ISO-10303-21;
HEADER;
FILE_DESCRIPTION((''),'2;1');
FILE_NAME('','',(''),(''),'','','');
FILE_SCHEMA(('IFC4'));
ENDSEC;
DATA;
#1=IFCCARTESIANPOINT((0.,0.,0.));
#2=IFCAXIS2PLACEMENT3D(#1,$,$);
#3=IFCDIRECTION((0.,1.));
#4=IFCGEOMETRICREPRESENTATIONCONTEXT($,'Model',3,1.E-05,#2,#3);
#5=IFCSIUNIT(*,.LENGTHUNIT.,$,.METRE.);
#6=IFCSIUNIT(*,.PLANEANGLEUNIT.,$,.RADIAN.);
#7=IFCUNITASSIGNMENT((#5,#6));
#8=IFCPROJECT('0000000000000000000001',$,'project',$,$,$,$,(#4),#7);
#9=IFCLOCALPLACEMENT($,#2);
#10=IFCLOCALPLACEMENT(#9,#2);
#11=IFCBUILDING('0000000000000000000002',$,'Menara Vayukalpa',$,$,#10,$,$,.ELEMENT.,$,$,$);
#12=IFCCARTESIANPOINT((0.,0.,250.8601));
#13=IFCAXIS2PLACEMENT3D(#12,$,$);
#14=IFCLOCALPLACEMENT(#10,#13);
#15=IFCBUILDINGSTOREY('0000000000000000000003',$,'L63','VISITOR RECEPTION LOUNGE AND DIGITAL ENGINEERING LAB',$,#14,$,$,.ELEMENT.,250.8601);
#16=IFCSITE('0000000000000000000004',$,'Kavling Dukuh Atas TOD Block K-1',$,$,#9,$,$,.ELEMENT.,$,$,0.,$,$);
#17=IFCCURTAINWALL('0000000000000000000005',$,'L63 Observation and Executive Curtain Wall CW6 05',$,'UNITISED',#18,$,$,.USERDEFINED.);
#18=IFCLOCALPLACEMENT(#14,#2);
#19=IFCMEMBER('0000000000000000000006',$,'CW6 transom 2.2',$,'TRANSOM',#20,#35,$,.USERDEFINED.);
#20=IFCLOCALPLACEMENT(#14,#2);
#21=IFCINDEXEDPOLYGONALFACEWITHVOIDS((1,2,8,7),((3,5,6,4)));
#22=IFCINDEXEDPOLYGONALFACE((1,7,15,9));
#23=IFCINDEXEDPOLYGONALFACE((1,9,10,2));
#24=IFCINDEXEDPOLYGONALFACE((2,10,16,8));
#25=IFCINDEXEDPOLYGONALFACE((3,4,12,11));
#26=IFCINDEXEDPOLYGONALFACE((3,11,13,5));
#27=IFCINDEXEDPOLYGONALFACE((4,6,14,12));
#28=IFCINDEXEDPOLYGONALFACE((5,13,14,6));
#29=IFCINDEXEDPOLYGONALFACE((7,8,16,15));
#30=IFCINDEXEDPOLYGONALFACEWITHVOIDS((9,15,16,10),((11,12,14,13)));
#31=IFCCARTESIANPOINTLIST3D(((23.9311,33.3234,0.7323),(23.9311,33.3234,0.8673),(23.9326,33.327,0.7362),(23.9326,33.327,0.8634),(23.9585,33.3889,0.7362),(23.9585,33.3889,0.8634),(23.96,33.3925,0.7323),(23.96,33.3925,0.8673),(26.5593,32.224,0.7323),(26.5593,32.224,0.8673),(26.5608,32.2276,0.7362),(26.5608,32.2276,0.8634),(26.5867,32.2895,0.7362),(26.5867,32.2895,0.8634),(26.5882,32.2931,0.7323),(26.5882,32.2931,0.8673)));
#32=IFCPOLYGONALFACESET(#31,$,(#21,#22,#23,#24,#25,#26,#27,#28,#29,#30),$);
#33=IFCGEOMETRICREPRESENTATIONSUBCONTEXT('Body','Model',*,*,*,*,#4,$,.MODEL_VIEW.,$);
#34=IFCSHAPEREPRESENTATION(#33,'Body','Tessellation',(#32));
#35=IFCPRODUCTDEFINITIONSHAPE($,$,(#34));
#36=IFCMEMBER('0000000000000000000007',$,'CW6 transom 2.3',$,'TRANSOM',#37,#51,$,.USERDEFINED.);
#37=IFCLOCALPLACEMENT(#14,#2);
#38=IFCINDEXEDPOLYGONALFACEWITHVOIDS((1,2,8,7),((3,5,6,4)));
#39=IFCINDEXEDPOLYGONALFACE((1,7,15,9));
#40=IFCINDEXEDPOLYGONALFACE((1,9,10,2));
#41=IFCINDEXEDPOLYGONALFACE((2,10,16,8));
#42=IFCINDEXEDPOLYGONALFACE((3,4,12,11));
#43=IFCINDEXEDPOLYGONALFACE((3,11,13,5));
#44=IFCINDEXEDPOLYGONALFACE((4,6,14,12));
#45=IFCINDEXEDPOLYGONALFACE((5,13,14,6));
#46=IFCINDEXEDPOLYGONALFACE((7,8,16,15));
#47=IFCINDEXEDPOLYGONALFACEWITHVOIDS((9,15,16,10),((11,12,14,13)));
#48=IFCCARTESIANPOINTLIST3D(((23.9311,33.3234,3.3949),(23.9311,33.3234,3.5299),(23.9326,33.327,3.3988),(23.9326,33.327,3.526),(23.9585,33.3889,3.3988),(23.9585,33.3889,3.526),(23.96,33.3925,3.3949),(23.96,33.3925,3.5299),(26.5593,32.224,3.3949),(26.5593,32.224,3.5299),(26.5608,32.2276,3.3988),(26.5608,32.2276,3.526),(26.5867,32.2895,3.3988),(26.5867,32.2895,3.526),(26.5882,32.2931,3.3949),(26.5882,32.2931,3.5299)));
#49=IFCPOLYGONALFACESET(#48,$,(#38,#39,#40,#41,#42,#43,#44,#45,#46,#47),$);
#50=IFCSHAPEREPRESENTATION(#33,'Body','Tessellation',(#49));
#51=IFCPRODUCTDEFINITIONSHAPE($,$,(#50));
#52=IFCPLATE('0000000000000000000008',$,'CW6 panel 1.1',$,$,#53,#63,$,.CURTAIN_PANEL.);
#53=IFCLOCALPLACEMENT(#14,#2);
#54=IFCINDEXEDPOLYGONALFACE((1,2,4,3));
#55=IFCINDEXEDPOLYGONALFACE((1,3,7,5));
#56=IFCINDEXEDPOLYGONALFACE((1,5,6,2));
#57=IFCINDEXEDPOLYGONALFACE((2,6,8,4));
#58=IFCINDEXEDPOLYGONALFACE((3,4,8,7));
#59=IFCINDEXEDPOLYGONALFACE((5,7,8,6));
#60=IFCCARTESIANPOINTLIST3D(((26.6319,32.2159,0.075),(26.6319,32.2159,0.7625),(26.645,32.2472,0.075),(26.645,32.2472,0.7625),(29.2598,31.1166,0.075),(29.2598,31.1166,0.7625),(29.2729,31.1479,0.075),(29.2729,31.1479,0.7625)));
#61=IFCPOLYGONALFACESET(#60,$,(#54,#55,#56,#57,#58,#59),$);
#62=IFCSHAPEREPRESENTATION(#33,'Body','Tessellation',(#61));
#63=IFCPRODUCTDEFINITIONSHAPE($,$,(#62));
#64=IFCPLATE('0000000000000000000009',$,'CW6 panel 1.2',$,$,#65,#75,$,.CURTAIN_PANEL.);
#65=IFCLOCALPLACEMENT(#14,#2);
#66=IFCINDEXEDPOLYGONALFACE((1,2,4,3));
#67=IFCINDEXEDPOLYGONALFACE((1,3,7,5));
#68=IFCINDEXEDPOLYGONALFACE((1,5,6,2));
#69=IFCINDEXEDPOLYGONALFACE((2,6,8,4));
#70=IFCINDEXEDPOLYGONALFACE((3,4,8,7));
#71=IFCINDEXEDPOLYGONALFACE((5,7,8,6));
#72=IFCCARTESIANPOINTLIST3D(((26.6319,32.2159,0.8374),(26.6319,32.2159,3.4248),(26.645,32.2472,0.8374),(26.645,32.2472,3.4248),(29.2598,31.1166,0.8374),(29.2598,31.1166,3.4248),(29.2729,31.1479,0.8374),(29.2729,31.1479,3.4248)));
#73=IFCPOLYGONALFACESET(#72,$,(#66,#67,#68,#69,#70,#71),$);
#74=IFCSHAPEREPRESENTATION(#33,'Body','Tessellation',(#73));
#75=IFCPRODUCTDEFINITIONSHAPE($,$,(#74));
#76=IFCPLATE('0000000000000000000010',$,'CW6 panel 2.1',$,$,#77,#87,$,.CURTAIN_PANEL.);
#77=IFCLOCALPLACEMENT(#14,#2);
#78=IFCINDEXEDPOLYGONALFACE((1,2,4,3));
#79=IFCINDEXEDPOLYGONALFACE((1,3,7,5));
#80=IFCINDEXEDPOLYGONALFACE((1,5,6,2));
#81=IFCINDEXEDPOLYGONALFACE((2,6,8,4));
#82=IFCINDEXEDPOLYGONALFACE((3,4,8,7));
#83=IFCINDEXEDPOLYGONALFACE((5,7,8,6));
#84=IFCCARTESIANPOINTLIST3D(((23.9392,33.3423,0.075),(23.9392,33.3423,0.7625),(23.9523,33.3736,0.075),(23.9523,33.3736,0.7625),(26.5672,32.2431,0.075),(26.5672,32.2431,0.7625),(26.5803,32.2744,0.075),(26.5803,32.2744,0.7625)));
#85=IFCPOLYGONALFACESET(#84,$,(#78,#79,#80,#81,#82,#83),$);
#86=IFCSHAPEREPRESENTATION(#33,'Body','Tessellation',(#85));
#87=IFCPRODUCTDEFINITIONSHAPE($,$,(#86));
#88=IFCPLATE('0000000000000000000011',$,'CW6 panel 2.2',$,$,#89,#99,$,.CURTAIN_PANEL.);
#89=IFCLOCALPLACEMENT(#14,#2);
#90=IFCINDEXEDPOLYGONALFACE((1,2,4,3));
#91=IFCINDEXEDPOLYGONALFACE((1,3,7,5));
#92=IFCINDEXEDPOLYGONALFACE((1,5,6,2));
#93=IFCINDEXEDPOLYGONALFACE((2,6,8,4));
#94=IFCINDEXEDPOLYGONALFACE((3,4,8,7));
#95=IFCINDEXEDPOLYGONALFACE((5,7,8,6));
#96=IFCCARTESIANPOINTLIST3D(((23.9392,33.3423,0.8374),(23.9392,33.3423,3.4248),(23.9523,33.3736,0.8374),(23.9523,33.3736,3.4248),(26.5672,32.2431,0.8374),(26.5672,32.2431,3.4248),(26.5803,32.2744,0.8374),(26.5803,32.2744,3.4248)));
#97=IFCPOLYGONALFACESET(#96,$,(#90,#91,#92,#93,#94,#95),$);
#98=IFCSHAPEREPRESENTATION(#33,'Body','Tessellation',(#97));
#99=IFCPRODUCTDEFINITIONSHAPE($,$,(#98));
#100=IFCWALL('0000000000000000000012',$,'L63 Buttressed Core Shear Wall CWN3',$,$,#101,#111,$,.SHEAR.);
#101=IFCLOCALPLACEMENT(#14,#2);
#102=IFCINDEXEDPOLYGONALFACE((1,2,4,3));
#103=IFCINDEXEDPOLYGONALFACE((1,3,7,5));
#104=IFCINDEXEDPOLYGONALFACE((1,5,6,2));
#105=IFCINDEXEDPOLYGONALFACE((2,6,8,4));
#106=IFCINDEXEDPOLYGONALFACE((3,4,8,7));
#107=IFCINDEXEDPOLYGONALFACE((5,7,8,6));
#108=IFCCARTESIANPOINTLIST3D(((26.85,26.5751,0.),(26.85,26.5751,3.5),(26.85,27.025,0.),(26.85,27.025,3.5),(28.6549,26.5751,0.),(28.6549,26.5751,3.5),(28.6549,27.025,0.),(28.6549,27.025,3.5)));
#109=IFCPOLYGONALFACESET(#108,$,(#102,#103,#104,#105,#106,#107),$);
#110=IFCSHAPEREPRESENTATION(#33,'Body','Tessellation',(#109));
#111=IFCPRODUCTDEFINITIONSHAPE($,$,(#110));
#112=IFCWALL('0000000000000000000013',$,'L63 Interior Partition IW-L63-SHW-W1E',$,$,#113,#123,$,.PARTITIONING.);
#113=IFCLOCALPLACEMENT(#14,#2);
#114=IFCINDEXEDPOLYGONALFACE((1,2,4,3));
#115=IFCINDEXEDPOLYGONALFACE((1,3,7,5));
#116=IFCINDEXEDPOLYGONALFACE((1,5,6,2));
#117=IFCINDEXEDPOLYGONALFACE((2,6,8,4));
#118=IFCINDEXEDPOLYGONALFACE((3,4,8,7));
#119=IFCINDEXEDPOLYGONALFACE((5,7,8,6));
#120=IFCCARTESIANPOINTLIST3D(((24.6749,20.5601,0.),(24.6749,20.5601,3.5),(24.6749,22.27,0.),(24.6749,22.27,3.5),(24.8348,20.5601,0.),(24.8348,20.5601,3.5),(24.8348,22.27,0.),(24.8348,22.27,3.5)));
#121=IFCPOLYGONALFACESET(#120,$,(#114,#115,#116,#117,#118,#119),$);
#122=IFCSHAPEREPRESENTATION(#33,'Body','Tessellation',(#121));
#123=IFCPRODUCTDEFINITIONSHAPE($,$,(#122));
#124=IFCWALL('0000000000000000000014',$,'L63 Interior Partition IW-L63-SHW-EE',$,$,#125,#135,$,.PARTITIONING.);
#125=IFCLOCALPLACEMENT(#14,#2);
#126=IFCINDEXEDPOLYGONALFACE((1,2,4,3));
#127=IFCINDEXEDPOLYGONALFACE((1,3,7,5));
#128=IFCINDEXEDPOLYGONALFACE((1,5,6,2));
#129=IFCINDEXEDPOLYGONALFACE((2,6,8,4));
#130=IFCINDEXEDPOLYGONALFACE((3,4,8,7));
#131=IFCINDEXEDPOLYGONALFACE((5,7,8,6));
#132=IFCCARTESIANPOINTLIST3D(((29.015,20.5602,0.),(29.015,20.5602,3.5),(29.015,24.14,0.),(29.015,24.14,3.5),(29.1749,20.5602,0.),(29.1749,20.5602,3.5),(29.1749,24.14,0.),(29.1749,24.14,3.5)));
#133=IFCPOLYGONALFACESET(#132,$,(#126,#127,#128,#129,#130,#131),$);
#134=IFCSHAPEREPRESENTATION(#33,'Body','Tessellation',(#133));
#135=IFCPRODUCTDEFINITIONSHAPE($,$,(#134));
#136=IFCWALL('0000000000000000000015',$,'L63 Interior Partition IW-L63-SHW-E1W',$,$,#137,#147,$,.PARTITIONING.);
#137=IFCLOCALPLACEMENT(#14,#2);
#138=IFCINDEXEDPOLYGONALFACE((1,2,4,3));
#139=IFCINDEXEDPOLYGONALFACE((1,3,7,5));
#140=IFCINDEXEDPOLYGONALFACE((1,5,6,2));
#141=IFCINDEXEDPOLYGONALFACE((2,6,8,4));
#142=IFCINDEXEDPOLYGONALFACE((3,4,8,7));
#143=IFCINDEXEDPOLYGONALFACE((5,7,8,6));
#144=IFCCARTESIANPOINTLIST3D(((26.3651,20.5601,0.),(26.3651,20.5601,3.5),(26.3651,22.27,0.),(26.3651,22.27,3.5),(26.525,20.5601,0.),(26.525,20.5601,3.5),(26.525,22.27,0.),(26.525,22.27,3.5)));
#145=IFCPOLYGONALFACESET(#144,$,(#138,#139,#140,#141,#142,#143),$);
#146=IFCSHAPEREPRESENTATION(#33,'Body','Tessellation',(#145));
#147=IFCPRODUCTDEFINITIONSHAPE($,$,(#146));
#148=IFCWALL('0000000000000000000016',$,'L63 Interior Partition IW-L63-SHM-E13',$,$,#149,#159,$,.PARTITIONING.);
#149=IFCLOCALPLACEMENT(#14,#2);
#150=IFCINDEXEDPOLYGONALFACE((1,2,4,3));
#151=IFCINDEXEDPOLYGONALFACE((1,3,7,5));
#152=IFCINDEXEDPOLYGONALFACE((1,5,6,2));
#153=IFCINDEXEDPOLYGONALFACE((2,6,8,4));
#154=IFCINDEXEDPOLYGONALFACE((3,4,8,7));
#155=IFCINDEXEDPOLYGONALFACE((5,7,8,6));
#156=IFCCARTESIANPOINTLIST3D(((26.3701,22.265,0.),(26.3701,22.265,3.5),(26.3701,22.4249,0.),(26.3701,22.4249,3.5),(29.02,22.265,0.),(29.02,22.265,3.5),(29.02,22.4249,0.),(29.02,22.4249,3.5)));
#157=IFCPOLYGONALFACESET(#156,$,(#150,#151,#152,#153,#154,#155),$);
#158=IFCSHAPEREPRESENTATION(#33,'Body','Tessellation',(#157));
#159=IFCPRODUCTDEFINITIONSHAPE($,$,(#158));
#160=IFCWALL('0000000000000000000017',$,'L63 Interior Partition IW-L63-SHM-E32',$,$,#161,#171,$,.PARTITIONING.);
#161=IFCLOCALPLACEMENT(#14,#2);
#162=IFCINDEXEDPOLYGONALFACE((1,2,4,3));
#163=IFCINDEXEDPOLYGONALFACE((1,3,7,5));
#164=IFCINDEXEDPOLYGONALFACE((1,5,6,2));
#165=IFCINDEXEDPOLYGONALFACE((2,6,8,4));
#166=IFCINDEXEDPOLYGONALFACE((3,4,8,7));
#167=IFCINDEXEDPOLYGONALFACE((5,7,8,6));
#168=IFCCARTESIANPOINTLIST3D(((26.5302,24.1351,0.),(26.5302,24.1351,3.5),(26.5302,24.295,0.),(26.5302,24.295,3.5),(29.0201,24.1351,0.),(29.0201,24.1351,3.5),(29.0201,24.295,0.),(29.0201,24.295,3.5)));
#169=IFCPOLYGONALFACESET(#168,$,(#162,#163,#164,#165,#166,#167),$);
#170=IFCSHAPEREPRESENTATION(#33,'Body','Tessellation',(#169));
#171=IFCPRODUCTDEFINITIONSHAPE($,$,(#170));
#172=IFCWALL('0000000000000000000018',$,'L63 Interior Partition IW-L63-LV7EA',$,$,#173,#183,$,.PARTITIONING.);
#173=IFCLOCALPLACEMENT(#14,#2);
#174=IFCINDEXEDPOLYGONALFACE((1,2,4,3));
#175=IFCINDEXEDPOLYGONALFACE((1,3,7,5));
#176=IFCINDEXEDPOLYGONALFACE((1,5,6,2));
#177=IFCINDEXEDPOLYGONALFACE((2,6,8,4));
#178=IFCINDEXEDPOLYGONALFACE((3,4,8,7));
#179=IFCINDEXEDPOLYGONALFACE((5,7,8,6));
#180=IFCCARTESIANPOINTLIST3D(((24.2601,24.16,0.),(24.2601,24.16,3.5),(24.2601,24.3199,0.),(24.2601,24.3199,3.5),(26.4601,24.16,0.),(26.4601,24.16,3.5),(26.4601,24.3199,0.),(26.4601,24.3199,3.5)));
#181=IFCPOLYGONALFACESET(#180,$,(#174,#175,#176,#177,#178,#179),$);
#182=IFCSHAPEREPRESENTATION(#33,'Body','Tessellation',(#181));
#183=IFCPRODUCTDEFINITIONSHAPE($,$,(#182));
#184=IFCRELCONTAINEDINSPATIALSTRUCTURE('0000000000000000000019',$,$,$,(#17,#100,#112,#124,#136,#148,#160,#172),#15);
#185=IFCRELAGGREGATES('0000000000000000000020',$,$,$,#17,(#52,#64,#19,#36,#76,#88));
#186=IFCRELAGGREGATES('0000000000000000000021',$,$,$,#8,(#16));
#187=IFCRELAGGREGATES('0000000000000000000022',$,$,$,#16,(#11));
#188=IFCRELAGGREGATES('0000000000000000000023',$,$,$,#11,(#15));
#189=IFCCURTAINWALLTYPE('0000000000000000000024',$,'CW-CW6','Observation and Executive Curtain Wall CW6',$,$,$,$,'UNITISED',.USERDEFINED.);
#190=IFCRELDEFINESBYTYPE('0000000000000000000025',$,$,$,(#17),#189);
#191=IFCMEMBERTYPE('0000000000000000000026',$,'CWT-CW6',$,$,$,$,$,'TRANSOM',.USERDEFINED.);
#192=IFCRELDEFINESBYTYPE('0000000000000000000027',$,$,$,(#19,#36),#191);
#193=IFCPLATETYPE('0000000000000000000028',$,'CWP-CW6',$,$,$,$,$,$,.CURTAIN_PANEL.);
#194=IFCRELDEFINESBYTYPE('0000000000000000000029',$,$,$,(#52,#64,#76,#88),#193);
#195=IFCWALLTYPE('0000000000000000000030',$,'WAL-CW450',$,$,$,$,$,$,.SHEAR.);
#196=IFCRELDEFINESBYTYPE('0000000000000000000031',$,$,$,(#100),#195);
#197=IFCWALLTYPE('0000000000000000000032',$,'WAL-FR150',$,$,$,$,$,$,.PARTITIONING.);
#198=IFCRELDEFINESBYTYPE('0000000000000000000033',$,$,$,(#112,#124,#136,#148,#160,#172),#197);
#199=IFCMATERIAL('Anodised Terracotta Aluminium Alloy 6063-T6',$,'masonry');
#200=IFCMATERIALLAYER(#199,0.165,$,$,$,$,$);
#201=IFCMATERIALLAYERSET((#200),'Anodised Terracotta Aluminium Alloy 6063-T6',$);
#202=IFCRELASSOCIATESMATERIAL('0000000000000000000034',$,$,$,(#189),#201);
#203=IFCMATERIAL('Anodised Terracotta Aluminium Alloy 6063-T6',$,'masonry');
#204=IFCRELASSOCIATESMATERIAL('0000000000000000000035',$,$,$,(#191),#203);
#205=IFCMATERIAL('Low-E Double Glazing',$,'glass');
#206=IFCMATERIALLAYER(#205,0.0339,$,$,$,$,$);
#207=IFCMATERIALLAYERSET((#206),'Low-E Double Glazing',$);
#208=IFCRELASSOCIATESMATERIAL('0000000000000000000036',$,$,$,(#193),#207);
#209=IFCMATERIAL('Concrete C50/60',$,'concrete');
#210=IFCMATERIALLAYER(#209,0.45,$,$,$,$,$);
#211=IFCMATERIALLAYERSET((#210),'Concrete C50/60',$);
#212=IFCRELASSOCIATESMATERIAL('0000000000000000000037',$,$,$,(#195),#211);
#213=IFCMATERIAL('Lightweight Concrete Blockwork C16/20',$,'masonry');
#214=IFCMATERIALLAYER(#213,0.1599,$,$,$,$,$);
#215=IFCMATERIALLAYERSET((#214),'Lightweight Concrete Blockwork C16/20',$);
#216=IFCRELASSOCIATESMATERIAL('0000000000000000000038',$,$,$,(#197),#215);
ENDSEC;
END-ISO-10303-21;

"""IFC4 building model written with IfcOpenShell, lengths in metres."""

from ifc_helpers import new_model, si_unit, direction, frame, frame_2d, origin, origin_2d, place, context, subcontext, project, spatial, rectangle, hollow_rectangle, extrude, material, layer, layer_set, material_profile, profile_set, type_object, element, aggregate, save


model = new_model("IFC4")

# Units and contexts
model_context = context("Model", 3, precision=1e-05, world=origin(), true_north=direction((0.0, 1.0)))
body_context = subcontext(model_context, "Body", "Model", "MODEL_VIEW")
ifc_project = project(units=[si_unit("LENGTHUNIT", "METRE"), si_unit("PLANEANGLEUNIT", "RADIAN")], contexts=[model_context])

# Site, building, storey
site_placement = place(None, origin())
site = spatial("IfcSite", under=ifc_project, at=site_placement, Name="Kavling Dukuh Atas TOD Block K-1", CompositionType="ELEMENT", RefElevation=0.0)
building_placement = place(site_placement, origin())
building = spatial("IfcBuilding", under=site, at=building_placement, Name="Menara Vayukalpa", CompositionType="ELEMENT")
storey_placement = place(building_placement, frame((0.0, 0.0, 250.8601)))
storey = spatial("IfcBuildingStorey", under=building, at=storey_placement, Name="L63", Description="VISITOR RECEPTION LOUNGE AND DIGITAL ENGINEERING LAB", CompositionType="ELEMENT", Elevation=250.8601)

# Curtain wall, members, plates
ifc_material_1 = material(Name="Anodised Terracotta Aluminium Alloy 6063-T6", Category="masonry")
ifc_layer_1 = layer(ifc_material_1, 0.165)
ifc_layer_set_1 = layer_set([ifc_layer_1], Name="Anodised Terracotta Aluminium Alloy 6063-T6")
curtain_wall_type = type_object("IfcCurtainWallType", Name="CW-CW6", Description="Observation and Executive Curtain Wall CW6", ElementType="UNITISED", PredefinedType="USERDEFINED", material=ifc_layer_set_1)
curtain_wall_placement = place(storey_placement, origin())
curtain_wall = element("IfcCurtainWall", 1, at=curtain_wall_placement, inside=storey, type_object=curtain_wall_type, Name="L63 Observation and Executive Curtain Wall CW6 05", ObjectType="UNITISED", PredefinedType="USERDEFINED")
ifc_material_2 = material(Name="Anodised Terracotta Aluminium Alloy 6063-T6", Category="masonry")
ifc_material_profile_1 = material_profile(ifc_material_2, hollow_rectangle(XDim=0.075, YDim=0.135, WallThickness=0.0039, at=origin_2d()), Name="ALU 75x135x4")
ifc_profile_set_1 = profile_set([ifc_material_profile_1], Name="Anodised Terracotta Aluminium Alloy 6063-T6")
member_type_1 = type_object("IfcMemberType", Name="CWT-CW6", ElementType="TRANSOM", PredefinedType="USERDEFINED", material=ifc_profile_set_1)
member_1_placement = place(storey_placement, frame((26.5737, 32.2585, 0.7998), z_axis=(-0.922541, 0.385899, 0.0), x_axis=(-0.385899, -0.922541, 0.0)))
member_1 = element("IfcMember", 2, at=member_1_placement, type_object=member_type_1, Name="CW6 transom 2.2", ObjectType="TRANSOM", PredefinedType="USERDEFINED", context=body_context, shape_type="SweptSolid", body=[
    extrude(hollow_rectangle(XDim=0.075, YDim=0.135, WallThickness=0.0039, at=origin_2d()), origin(), (0.0, 0.0, 1.0), 2.8489),
])
member_2_placement = place(storey_placement, frame((26.5737, 32.2585, 3.4624), z_axis=(-0.922541, 0.385899, 0.0), x_axis=(-0.385899, -0.922541, 0.0)))
member_2 = element("IfcMember", 3, at=member_2_placement, type_object=member_type_1, Name="CW6 transom 2.3", ObjectType="TRANSOM", PredefinedType="USERDEFINED", context=body_context, shape_type="SweptSolid", body=[
    extrude(hollow_rectangle(XDim=0.075, YDim=0.135, WallThickness=0.0039, at=origin_2d()), origin(), (0.0, 0.0, 1.0), 2.8489),
])
ifc_material_3 = material(Name="Low-E Double Glazing", Category="glass")
ifc_layer_2 = layer(ifc_material_3, 0.0339)
ifc_layer_set_2 = layer_set([ifc_layer_2], Name="Low-E Double Glazing")
plate_type = type_object("IfcPlateType", Name="CWP-CW6", PredefinedType="CURTAIN_PANEL", material=ifc_layer_set_2)
plate_1_placement = place(storey_placement, frame((27.9524, 31.6819, 0.075), z_axis=(0.0, 0.0, 1.0), x_axis=(-0.922541, 0.3859, 0.0)))
plate_1 = element("IfcPlate", 4, at=plate_1_placement, type_object=plate_type, Name="CW6 panel 1.1", PredefinedType="CURTAIN_PANEL", context=body_context, shape_type="SweptSolid", body=[
    extrude(rectangle(XDim=2.8486, YDim=0.0339, at=origin_2d()), origin(), (0.0, 0.0, 1.0), 0.6875),
])
plate_2_placement = place(storey_placement, frame((27.9524, 31.6819, 0.8374), z_axis=(0.0, 0.0, 1.0), x_axis=(-0.922541, 0.3859, 0.0)))
plate_2 = element("IfcPlate", 5, at=plate_2_placement, type_object=plate_type, Name="CW6 panel 1.2", PredefinedType="CURTAIN_PANEL", context=body_context, shape_type="SweptSolid", body=[
    extrude(rectangle(XDim=2.8486, YDim=0.0339, at=origin_2d()), origin(), (0.0, 0.0, 1.0), 2.5874),
])
plate_3_placement = place(storey_placement, frame((25.2598, 32.8083, 0.075), z_axis=(0.0, 0.0, 1.0), x_axis=(-0.922541, 0.3859, 0.0)))
plate_3 = element("IfcPlate", 6, at=plate_3_placement, type_object=plate_type, Name="CW6 panel 2.1", PredefinedType="CURTAIN_PANEL", context=body_context, shape_type="SweptSolid", body=[
    extrude(rectangle(XDim=2.8486, YDim=0.0339, at=origin_2d()), origin(), (0.0, 0.0, 1.0), 0.6875),
])
plate_4_placement = place(storey_placement, frame((25.2598, 32.8083, 0.8374), z_axis=(0.0, 0.0, 1.0), x_axis=(-0.922541, 0.3859, 0.0)))
plate_4 = element("IfcPlate", 7, at=plate_4_placement, type_object=plate_type, Name="CW6 panel 2.2", PredefinedType="CURTAIN_PANEL", context=body_context, shape_type="SweptSolid", body=[
    extrude(rectangle(XDim=2.8486, YDim=0.0339, at=origin_2d()), origin(), (0.0, 0.0, 1.0), 2.5874),
])
aggregate(curtain_wall, [plate_1, plate_2, member_1, member_2, plate_3, plate_4])

# Walls
ifc_material_4 = material(Name="Concrete C50/60", Category="concrete")
ifc_layer_3 = layer(ifc_material_4, 0.45)
ifc_layer_set_3 = layer_set([ifc_layer_3], Name="Concrete C50/60")
wall_type_1 = type_object("IfcWallType", Name="WAL-CW450", PredefinedType="SHEAR", material=ifc_layer_set_3)
wall_1_placement = place(storey_placement, frame((26.8501, 26.8, 0.0), z_axis=(0.0, 0.0, 1.0), x_axis=(1.0, 0.0, 0.0)))
element("IfcWall", 8, at=wall_1_placement, inside=storey, type_object=wall_type_1, Name="L63 Buttressed Core Shear Wall CWN3", PredefinedType="SHEAR", context=body_context, shape_type="SweptSolid", body=[
    extrude(rectangle(XDim=1.8049, YDim=0.45, at=frame_2d((0.9023, 0.0))), origin(), (0.0, 0.0, 1.0), 3.5),
])
ifc_material_5 = material(Name="Lightweight Concrete Blockwork C16/20", Category="masonry")
ifc_layer_4 = layer(ifc_material_5, 0.1599)
ifc_layer_set_4 = layer_set([ifc_layer_4], Name="Lightweight Concrete Blockwork C16/20")
wall_type_2 = type_object("IfcWallType", Name="WAL-FR150", PredefinedType="PARTITIONING", material=ifc_layer_set_4)
wall_2_placement = place(storey_placement, frame((24.7549, 20.5601, 0.0), z_axis=(0.0, 0.0, 1.0), x_axis=(0.0, 1.0, 0.0)))
element("IfcWall", 9, at=wall_2_placement, inside=storey, type_object=wall_type_2, Name="L63 Interior Partition IW-L63-SHW-W1E", PredefinedType="PARTITIONING", context=body_context, shape_type="SweptSolid", body=[
    extrude(rectangle(XDim=1.71, YDim=0.1599, at=frame_2d((0.855, 0.0))), origin(), (0.0, 0.0, 1.0), 3.5),
])
wall_3_placement = place(storey_placement, frame((29.095, 20.5601, 0.0), z_axis=(0.0, 0.0, 1.0), x_axis=(0.0, 1.0, 0.0)))
element("IfcWall", 10, at=wall_3_placement, inside=storey, type_object=wall_type_2, Name="L63 Interior Partition IW-L63-SHW-EE", PredefinedType="PARTITIONING", context=body_context, shape_type="SweptSolid", body=[
    extrude(rectangle(XDim=3.5798, YDim=0.1599, at=frame_2d((1.79, 0.0))), origin(), (0.0, 0.0, 1.0), 3.5),
])
wall_4_placement = place(storey_placement, frame((26.4451, 20.5601, 0.0), z_axis=(0.0, 0.0, 1.0), x_axis=(0.0, 1.0, 0.0)))
element("IfcWall", 11, at=wall_4_placement, inside=storey, type_object=wall_type_2, Name="L63 Interior Partition IW-L63-SHW-E1W", PredefinedType="PARTITIONING", context=body_context, shape_type="SweptSolid", body=[
    extrude(rectangle(XDim=1.71, YDim=0.1599, at=frame_2d((0.855, 0.0))), origin(), (0.0, 0.0, 1.0), 3.5),
])
wall_5_placement = place(storey_placement, frame((26.3701, 22.345, 0.0), z_axis=(0.0, 0.0, 1.0), x_axis=(1.0, 0.0, 0.0)))
element("IfcWall", 12, at=wall_5_placement, inside=storey, type_object=wall_type_2, Name="L63 Interior Partition IW-L63-SHM-E13", PredefinedType="PARTITIONING", context=body_context, shape_type="SweptSolid", body=[
    extrude(rectangle(XDim=2.6499, YDim=0.1599, at=frame_2d((1.325, 0.0))), origin(), (0.0, 0.0, 1.0), 3.5),
])
wall_6_placement = place(storey_placement, frame((26.53, 24.2151, 0.0), z_axis=(0.0, 0.0, 1.0), x_axis=(1.0, 0.0, 0.0)))
element("IfcWall", 13, at=wall_6_placement, inside=storey, type_object=wall_type_2, Name="L63 Interior Partition IW-L63-SHM-E32", PredefinedType="PARTITIONING", context=body_context, shape_type="SweptSolid", body=[
    extrude(rectangle(XDim=2.49, YDim=0.1599, at=frame_2d((1.2451, 0.0))), origin(), (0.0, 0.0, 1.0), 3.5),
])
wall_7_placement = place(storey_placement, frame((24.26, 24.24, 0.0), z_axis=(0.0, 0.0, 1.0), x_axis=(1.0, 0.0, 0.0)))
element("IfcWall", 14, at=wall_7_placement, inside=storey, type_object=wall_type_2, Name="L63 Interior Partition IW-L63-LV7EA", PredefinedType="PARTITIONING", context=body_context, shape_type="SweptSolid", body=[
    extrude(rectangle(XDim=2.2, YDim=0.1599, at=frame_2d((1.1001, 0.0))), origin(), (0.0, 0.0, 1.0), 3.5),
])

save(model, "model.ifc")
